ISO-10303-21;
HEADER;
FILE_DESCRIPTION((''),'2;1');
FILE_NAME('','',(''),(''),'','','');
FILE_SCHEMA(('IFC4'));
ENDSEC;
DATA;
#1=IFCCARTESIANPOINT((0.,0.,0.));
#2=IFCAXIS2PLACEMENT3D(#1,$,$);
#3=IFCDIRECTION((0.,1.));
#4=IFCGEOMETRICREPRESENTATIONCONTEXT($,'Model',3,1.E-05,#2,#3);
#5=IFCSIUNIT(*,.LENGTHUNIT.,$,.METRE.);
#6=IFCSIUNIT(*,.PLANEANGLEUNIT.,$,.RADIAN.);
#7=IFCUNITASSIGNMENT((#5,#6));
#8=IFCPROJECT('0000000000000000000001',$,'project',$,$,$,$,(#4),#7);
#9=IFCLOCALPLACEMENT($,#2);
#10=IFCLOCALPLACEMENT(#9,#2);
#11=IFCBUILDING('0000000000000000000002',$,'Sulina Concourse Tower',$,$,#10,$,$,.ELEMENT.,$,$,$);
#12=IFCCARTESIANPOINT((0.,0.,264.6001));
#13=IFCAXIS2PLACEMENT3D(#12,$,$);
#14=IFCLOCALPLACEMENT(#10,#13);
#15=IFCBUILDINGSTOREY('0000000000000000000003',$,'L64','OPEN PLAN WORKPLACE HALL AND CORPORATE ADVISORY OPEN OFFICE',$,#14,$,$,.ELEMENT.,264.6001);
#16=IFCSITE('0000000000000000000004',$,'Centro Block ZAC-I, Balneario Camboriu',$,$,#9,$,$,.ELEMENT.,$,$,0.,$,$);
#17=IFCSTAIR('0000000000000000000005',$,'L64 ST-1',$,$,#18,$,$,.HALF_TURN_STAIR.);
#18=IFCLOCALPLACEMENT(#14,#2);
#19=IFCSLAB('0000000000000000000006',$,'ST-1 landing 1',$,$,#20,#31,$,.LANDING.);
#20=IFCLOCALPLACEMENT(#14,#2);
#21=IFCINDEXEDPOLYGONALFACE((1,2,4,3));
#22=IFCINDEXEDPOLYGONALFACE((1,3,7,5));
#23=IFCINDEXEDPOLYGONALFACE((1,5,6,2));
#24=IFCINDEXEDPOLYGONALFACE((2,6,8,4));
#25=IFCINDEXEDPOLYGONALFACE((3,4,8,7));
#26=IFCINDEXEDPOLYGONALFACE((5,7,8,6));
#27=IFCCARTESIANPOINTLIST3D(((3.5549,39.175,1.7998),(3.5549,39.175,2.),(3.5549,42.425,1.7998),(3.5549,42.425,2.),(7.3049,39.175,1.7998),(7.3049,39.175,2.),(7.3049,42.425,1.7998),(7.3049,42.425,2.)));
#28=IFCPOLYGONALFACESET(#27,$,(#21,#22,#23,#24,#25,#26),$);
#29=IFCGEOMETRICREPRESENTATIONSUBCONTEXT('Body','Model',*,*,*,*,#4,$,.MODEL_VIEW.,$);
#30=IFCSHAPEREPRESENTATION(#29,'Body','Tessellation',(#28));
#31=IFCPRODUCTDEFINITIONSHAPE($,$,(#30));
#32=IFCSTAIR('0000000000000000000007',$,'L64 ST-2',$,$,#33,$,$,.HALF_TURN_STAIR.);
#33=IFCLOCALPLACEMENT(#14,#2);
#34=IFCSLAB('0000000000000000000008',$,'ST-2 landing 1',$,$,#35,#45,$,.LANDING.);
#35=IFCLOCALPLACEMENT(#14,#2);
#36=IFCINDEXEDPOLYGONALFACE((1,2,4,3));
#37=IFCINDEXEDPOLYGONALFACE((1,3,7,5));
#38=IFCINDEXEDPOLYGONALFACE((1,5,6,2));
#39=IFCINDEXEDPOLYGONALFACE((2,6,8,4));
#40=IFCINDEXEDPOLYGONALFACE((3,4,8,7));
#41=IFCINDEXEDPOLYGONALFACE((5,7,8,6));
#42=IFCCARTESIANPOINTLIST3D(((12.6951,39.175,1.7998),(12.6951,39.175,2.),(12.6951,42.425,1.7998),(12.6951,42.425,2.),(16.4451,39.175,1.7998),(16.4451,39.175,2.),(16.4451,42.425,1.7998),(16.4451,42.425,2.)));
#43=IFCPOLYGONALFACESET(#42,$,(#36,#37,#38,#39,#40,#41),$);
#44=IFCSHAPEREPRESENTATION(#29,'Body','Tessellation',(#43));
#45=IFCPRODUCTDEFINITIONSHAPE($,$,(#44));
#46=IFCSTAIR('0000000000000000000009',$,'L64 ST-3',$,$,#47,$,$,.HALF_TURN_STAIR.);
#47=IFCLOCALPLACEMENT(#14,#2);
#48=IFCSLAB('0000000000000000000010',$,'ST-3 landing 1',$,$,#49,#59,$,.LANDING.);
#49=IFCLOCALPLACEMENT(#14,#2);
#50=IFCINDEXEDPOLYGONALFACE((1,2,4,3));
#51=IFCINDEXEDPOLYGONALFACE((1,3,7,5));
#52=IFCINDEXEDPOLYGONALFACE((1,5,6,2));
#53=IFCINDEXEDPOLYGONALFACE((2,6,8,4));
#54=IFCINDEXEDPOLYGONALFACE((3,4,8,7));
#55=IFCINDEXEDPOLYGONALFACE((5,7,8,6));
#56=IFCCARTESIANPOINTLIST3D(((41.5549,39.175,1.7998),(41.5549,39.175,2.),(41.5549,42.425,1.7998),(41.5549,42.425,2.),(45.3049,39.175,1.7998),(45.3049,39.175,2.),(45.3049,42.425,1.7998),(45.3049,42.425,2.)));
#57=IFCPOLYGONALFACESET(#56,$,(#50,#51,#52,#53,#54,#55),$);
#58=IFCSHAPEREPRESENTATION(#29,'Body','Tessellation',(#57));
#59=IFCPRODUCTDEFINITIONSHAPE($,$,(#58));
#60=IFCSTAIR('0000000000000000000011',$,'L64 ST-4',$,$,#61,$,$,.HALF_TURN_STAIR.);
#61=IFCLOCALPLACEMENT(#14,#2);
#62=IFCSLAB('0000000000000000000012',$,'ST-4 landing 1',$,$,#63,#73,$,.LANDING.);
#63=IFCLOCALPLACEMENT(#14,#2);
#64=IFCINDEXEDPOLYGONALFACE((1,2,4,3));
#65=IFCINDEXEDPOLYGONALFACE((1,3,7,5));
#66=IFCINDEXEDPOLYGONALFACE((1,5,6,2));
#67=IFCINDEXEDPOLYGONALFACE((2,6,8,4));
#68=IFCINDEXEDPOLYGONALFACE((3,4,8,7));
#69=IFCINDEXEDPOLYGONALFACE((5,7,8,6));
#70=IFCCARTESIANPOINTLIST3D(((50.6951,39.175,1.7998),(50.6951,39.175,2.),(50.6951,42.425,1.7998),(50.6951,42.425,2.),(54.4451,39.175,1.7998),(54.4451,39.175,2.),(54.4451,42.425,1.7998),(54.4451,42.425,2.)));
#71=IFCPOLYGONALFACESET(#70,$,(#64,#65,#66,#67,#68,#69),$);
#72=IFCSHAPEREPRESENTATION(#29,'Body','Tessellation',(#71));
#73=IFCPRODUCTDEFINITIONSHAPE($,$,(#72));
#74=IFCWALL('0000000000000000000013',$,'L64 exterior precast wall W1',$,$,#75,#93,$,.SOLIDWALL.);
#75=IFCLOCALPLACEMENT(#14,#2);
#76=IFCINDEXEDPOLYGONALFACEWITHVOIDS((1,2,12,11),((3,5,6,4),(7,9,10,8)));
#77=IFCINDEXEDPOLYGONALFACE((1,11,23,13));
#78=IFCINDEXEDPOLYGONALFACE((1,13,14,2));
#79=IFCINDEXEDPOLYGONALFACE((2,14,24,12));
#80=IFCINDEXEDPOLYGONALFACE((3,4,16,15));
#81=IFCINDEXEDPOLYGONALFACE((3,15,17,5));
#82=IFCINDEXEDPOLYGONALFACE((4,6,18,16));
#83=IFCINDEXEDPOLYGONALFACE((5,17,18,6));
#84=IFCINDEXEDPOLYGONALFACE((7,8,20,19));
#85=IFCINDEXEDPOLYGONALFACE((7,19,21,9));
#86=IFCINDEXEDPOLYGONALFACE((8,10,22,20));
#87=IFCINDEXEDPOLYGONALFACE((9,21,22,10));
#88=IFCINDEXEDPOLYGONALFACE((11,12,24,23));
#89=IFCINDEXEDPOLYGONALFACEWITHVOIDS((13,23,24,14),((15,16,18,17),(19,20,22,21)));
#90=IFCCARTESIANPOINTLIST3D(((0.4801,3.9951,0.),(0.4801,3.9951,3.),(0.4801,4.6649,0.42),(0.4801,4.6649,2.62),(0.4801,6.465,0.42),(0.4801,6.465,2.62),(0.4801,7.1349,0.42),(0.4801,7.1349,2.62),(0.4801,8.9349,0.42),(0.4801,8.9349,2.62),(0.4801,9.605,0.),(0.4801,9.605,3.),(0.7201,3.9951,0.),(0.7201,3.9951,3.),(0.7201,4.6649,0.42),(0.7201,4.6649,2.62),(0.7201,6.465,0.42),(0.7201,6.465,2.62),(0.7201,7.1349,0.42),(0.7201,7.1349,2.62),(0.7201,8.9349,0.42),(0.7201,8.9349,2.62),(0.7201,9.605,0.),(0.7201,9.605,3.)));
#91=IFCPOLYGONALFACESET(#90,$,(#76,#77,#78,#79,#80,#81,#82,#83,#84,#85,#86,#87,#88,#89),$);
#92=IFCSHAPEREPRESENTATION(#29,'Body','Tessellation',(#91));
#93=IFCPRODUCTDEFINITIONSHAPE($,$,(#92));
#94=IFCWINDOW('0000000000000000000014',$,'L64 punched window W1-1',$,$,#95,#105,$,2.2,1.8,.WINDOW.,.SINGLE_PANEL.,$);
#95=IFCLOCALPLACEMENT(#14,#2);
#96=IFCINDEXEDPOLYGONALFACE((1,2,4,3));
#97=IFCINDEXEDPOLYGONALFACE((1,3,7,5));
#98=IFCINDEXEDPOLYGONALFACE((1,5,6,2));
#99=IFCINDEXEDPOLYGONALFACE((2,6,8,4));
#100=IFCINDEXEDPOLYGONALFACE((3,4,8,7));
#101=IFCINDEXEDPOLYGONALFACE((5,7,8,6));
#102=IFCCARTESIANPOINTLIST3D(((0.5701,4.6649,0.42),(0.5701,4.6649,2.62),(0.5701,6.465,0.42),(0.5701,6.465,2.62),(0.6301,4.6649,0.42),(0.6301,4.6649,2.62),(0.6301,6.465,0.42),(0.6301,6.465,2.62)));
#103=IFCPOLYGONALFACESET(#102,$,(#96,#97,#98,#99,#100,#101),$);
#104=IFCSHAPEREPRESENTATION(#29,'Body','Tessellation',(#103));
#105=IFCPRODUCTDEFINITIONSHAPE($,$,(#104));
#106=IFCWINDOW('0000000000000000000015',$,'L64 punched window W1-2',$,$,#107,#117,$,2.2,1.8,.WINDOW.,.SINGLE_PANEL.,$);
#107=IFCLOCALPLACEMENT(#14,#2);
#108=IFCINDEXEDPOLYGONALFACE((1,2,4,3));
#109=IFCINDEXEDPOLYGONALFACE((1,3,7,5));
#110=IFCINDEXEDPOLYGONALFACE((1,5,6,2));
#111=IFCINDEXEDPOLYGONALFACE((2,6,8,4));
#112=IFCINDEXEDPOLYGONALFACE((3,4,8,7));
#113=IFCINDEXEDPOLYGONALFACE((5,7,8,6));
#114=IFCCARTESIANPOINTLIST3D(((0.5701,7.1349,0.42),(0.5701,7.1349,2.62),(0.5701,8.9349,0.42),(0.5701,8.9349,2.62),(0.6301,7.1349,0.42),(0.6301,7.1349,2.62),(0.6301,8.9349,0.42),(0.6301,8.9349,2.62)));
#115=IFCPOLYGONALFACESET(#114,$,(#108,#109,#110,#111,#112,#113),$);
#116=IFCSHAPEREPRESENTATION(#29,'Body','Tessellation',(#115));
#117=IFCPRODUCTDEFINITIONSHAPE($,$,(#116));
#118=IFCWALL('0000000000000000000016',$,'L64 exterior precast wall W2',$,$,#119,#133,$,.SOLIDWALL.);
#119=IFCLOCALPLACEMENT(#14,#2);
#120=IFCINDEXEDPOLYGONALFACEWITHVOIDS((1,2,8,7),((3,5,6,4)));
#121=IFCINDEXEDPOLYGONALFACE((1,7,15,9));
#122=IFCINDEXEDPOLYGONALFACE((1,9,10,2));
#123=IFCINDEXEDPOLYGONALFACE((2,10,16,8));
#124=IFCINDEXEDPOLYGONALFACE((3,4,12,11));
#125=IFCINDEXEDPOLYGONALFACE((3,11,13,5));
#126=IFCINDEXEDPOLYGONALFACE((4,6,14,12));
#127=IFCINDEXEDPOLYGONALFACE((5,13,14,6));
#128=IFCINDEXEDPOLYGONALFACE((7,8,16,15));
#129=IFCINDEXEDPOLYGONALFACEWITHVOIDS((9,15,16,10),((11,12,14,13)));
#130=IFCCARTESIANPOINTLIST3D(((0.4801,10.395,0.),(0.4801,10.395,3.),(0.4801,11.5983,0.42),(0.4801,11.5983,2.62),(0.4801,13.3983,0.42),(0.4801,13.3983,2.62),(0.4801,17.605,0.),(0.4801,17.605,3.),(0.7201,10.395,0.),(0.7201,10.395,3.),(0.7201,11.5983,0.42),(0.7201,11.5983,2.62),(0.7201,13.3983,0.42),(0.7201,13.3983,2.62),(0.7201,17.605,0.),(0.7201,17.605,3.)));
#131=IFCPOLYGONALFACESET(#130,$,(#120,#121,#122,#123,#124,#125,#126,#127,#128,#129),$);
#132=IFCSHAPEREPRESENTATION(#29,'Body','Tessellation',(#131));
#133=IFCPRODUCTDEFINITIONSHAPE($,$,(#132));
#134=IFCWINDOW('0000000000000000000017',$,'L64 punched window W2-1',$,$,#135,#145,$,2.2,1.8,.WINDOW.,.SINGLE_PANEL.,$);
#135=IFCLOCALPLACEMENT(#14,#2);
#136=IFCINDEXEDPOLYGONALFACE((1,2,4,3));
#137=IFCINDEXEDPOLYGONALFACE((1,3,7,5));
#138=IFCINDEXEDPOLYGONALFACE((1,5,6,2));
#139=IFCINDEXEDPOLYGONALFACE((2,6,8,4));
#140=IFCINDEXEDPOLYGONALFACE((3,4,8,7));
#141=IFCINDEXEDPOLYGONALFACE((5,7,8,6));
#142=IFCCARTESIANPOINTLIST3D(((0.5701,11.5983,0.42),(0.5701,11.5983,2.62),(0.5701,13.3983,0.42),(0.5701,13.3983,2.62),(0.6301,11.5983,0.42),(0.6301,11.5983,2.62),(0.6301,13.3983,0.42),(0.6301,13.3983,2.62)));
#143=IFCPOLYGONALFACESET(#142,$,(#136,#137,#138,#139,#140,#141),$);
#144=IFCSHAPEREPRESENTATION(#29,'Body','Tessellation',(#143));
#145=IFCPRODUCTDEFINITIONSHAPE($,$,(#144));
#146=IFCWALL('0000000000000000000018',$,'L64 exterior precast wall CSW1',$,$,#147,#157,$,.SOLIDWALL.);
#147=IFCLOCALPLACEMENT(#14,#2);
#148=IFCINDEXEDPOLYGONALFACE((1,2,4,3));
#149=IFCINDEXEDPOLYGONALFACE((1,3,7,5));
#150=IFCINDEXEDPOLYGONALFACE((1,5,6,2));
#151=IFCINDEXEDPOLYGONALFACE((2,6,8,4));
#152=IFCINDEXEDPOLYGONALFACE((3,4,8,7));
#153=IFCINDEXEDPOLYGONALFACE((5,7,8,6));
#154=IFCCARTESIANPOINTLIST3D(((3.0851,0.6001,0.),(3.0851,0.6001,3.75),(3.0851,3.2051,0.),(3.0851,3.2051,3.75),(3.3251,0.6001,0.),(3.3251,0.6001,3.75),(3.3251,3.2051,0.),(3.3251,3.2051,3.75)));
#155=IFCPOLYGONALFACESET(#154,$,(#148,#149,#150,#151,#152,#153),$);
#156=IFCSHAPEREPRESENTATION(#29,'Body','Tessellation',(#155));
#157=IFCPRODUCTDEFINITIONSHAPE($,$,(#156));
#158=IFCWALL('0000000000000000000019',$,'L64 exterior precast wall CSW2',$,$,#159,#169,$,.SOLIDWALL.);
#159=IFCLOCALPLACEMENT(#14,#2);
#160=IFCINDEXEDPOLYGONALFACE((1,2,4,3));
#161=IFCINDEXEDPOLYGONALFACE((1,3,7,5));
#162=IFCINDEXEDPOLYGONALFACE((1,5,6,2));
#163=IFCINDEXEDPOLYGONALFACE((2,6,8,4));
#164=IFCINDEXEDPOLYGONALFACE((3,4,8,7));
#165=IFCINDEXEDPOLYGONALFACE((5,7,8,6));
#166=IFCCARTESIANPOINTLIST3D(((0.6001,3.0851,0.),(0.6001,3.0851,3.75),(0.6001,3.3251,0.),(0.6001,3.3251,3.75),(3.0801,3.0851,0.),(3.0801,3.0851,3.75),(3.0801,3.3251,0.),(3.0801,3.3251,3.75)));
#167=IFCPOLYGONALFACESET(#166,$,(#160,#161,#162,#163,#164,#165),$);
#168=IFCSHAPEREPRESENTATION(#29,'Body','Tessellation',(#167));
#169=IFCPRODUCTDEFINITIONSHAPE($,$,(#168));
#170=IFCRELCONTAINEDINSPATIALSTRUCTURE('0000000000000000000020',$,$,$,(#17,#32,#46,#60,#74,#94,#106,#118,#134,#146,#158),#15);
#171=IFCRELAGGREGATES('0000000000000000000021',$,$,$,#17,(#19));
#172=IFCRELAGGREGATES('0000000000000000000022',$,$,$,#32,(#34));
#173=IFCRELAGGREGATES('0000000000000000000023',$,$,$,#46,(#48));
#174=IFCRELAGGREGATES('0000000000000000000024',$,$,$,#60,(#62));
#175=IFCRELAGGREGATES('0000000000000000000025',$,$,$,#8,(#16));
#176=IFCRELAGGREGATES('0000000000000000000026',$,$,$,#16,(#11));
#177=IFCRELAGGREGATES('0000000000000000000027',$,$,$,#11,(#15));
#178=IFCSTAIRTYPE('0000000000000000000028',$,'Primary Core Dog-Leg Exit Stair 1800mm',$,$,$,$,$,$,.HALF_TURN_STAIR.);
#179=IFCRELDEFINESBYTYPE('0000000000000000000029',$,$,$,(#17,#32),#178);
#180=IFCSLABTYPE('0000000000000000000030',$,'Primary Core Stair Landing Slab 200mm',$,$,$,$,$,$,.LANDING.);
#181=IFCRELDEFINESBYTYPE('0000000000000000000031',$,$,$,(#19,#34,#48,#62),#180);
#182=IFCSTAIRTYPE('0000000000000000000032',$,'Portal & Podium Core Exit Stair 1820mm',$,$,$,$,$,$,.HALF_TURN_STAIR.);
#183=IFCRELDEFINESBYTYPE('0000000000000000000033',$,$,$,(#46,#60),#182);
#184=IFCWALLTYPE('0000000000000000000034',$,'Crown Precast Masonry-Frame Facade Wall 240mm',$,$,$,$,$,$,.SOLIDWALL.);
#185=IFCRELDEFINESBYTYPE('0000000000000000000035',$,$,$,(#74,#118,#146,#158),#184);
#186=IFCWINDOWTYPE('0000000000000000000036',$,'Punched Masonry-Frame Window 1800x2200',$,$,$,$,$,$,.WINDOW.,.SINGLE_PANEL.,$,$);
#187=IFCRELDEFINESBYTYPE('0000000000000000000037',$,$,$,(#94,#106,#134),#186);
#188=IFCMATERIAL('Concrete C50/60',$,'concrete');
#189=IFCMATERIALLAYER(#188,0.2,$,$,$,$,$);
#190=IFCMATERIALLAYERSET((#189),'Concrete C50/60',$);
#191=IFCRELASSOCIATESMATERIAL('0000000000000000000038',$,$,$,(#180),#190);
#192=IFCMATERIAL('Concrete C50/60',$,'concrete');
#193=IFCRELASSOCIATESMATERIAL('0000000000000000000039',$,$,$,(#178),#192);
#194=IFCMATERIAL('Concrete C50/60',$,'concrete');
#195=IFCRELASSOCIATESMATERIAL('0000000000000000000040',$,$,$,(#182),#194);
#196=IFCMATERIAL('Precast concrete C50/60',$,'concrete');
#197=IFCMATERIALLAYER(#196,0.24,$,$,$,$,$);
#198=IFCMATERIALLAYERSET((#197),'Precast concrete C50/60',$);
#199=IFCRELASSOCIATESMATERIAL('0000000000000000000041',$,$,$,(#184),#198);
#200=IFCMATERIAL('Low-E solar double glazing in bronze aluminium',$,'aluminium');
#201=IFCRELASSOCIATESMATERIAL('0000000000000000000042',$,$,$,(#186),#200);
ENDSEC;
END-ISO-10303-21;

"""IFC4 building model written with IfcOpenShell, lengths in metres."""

from ifc_helpers import new_model, si_unit, direction, frame, frame_2d, origin, place, context, subcontext, project, spatial, polyline, rectangle, outline, extrude, material, layer, layer_set, type_object, element, fill, aggregate, save


model = new_model("IFC4")

# Units and contexts
model_context = context("Model", 3, precision=1e-05, world=origin(), true_north=direction((0.0, 1.0)))
body_context = subcontext(model_context, "Body", "Model", "MODEL_VIEW")
ifc_project = project(units=[si_unit("LENGTHUNIT", "METRE"), si_unit("PLANEANGLEUNIT", "RADIAN")], contexts=[model_context])

# Site, building, storey
site_placement = place(None, origin())
site = spatial("IfcSite", under=ifc_project, at=site_placement, Name="Centro Block ZAC-I, Balneario Camboriu", CompositionType="ELEMENT", RefElevation=0.0)
building_placement = place(site_placement, origin())
building = spatial("IfcBuilding", under=site, at=building_placement, Name="Sulina Concourse Tower", CompositionType="ELEMENT")
storey_placement = place(building_placement, frame((0.0, 0.0, 264.6001)))
storey = spatial("IfcBuildingStorey", under=building, at=storey_placement, Name="L64", Description="OPEN PLAN WORKPLACE HALL AND CORPORATE ADVISORY OPEN OFFICE", CompositionType="ELEMENT", Elevation=264.6001)

# Shared definitions
ifc_material_1 = material(Name="Concrete C50/60", Category="concrete")
ifc_layer_1 = layer(ifc_material_1, 0.2)
ifc_layer_set_1 = layer_set([ifc_layer_1], Name="Concrete C50/60")
slab_type_1 = type_object("IfcSlabType", Name="Primary Core Stair Landing Slab 200mm", PredefinedType="LANDING", material=ifc_layer_set_1)

# Stairs, slabs
ifc_material_2 = material(Name="Concrete C50/60", Category="concrete")
stair_type_1 = type_object("IfcStairType", Name="Primary Core Dog-Leg Exit Stair 1800mm", PredefinedType="HALF_TURN_STAIR", material=ifc_material_2)
stair_1_placement = place(storey_placement, origin())
stair_1 = element("IfcStair", 1, at=stair_1_placement, inside=storey, type_object=stair_type_1, Name="L64 ST-1", PredefinedType="HALF_TURN_STAIR")
slab_1_placement = place(storey_placement, frame((0.0, 0.0, 1.7998)))
slab_1 = element("IfcSlab", 2, at=slab_1_placement, type_object=slab_type_1, Name="ST-1 landing 1", PredefinedType="LANDING", context=body_context, shape_type="SweptSolid", body=[
    extrude(outline(polyline([(7.3049, 39.175), (7.3049, 42.425), (3.5549, 42.425), (3.5549, 39.175), (7.3049, 39.175)])), origin(), (0.0, 0.0, 1.0), 0.2002),
])
aggregate(stair_1, [slab_1])
stair_2_placement = place(storey_placement, origin())
stair_2 = element("IfcStair", 3, at=stair_2_placement, inside=storey, type_object=stair_type_1, Name="L64 ST-2", PredefinedType="HALF_TURN_STAIR")
slab_2_placement = place(storey_placement, frame((0.0, 0.0, 1.7998)))
slab_2 = element("IfcSlab", 4, at=slab_2_placement, type_object=slab_type_1, Name="ST-2 landing 1", PredefinedType="LANDING", context=body_context, shape_type="SweptSolid", body=[
    extrude(outline(polyline([(16.4451, 39.175), (16.4451, 42.425), (12.6951, 42.425), (12.6951, 39.175), (16.4451, 39.175)])), origin(), (0.0, 0.0, 1.0), 0.2002),
])
aggregate(stair_2, [slab_2])
ifc_material_3 = material(Name="Concrete C50/60", Category="concrete")
stair_type_2 = type_object("IfcStairType", Name="Portal & Podium Core Exit Stair 1820mm", PredefinedType="HALF_TURN_STAIR", material=ifc_material_3)
stair_3_placement = place(storey_placement, origin())
stair_3 = element("IfcStair", 5, at=stair_3_placement, inside=storey, type_object=stair_type_2, Name="L64 ST-3", PredefinedType="HALF_TURN_STAIR")
slab_3_placement = place(storey_placement, frame((0.0, 0.0, 1.7998)))
slab_3 = element("IfcSlab", 6, at=slab_3_placement, type_object=slab_type_1, Name="ST-3 landing 1", PredefinedType="LANDING", context=body_context, shape_type="SweptSolid", body=[
    extrude(outline(polyline([(45.3049, 39.175), (45.3049, 42.425), (41.5549, 42.425), (41.5549, 39.175), (45.3049, 39.175)])), origin(), (0.0, 0.0, 1.0), 0.2002),
])
aggregate(stair_3, [slab_3])
stair_4_placement = place(storey_placement, origin())
stair_4 = element("IfcStair", 7, at=stair_4_placement, inside=storey, type_object=stair_type_2, Name="L64 ST-4", PredefinedType="HALF_TURN_STAIR")
slab_4_placement = place(storey_placement, frame((0.0, 0.0, 1.7998)))
slab_4 = element("IfcSlab", 8, at=slab_4_placement, type_object=slab_type_1, Name="ST-4 landing 1", PredefinedType="LANDING", context=body_context, shape_type="SweptSolid", body=[
    extrude(outline(polyline([(54.4451, 39.175), (54.4451, 42.425), (50.6951, 42.425), (50.6951, 39.175), (54.4451, 39.175)])), origin(), (0.0, 0.0, 1.0), 0.2002),
])
aggregate(stair_4, [slab_4])

# Wall, openings, windows
ifc_material_4 = material(Name="Precast concrete C50/60", Category="concrete")
ifc_layer_2 = layer(ifc_material_4, 0.24)
ifc_layer_set_2 = layer_set([ifc_layer_2], Name="Precast concrete C50/60")
wall_type = type_object("IfcWallType", Name="Crown Precast Masonry-Frame Facade Wall 240mm", PredefinedType="SOLIDWALL", material=ifc_layer_set_2)
wall_1_placement = place(storey_placement, frame((0.6001, 3.9951, 0.0), z_axis=(0.0, 0.0, 1.0), x_axis=(0.0, 1.0, 0.0)))
wall_1 = element("IfcWall", 9, at=wall_1_placement, inside=storey, type_object=wall_type, Name="L64 exterior precast wall W1", PredefinedType="SOLIDWALL", context=body_context, shape_type="SweptSolid", body=[
    extrude(rectangle(XDim=5.6099, YDim=0.24, at=frame_2d((2.8049, 0.0))), origin(), (0.0, 0.0, 1.0), 3.0),
])
opening_1_placement = place(wall_1_placement, frame((0.6699, 0.0, 0.4199)))
opening_1 = element("IfcOpeningElement", 10, at=opening_1_placement, cuts=wall_1, PredefinedType="OPENING", context=body_context, shape_type="SweptSolid", body=[
    extrude(rectangle(XDim=1.8, YDim=2.2, at=frame_2d((0.8999, 1.1001))), frame((0.0, 0.1299, 0.0), z_axis=(0.0, -1.0, 0.0), x_axis=(1.0, 0.0, 0.0)), (0.0, 0.0, 1.0), 0.26),
])
opening_2_placement = place(wall_1_placement, frame((3.1399, 0.0, 0.4199)))
opening_2 = element("IfcOpeningElement", 11, at=opening_2_placement, cuts=wall_1, PredefinedType="OPENING", context=body_context, shape_type="SweptSolid", body=[
    extrude(rectangle(XDim=1.8, YDim=2.2, at=frame_2d((0.8999, 1.1001))), frame((0.0, 0.1299, 0.0), z_axis=(0.0, -1.0, 0.0), x_axis=(1.0, 0.0, 0.0)), (0.0, 0.0, 1.0), 0.26),
])
ifc_material_5 = material(Name="Low-E solar double glazing in bronze aluminium", Category="aluminium")
window_type = type_object("IfcWindowType", Name="Punched Masonry-Frame Window 1800x2200", PartitioningType="SINGLE_PANEL", PredefinedType="WINDOW", material=ifc_material_5)
window_1_placement = place(opening_1_placement, origin())
window_1 = element("IfcWindow", 12, at=window_1_placement, inside=storey, type_object=window_type, Name="L64 punched window W1-1", OverallHeight=2.2, OverallWidth=1.8, PartitioningType="SINGLE_PANEL", PredefinedType="WINDOW", context=body_context, shape_type="SweptSolid", body=[
    extrude(rectangle(XDim=1.8, YDim=2.2, at=frame_2d((0.8999, 1.1001))), frame((0.0, 0.03, 0.0), z_axis=(0.0, -1.0, 0.0), x_axis=(1.0, 0.0, 0.0)), (0.0, 0.0, 1.0), 0.0601),
])
fill(opening_1, window_1)
window_2_placement = place(opening_2_placement, origin())
window_2 = element("IfcWindow", 13, at=window_2_placement, inside=storey, type_object=window_type, Name="L64 punched window W1-2", OverallHeight=2.2, OverallWidth=1.8, PartitioningType="SINGLE_PANEL", PredefinedType="WINDOW", context=body_context, shape_type="SweptSolid", body=[
    extrude(rectangle(XDim=1.8, YDim=2.2, at=frame_2d((0.8999, 1.1001))), frame((0.0, 0.03, 0.0), z_axis=(0.0, -1.0, 0.0), x_axis=(1.0, 0.0, 0.0)), (0.0, 0.0, 1.0), 0.0601),
])
fill(opening_2, window_2)

# Wall, opening, window
wall_2_placement = place(storey_placement, frame((0.6001, 10.395, 0.0), z_axis=(0.0, 0.0, 1.0), x_axis=(0.0, 1.0, 0.0)))
wall_2 = element("IfcWall", 14, at=wall_2_placement, inside=storey, type_object=wall_type, Name="L64 exterior precast wall W2", PredefinedType="SOLIDWALL", context=body_context, shape_type="SweptSolid", body=[
    extrude(rectangle(XDim=7.21, YDim=0.24, at=frame_2d((3.605, 0.0))), origin(), (0.0, 0.0, 1.0), 3.0),
])
opening_3_placement = place(wall_2_placement, frame((1.2034, 0.0, 0.4199)))
opening_3 = element("IfcOpeningElement", 15, at=opening_3_placement, cuts=wall_2, PredefinedType="OPENING", context=body_context, shape_type="SweptSolid", body=[
    extrude(rectangle(XDim=1.8, YDim=2.2, at=frame_2d((0.8999, 1.1001))), frame((0.0, 0.1299, 0.0), z_axis=(0.0, -1.0, 0.0), x_axis=(1.0, 0.0, 0.0)), (0.0, 0.0, 1.0), 0.26),
])
window_3_placement = place(opening_3_placement, origin())
window_3 = element("IfcWindow", 16, at=window_3_placement, inside=storey, type_object=window_type, Name="L64 punched window W2-1", OverallHeight=2.2, OverallWidth=1.8, PartitioningType="SINGLE_PANEL", PredefinedType="WINDOW", context=body_context, shape_type="SweptSolid", body=[
    extrude(rectangle(XDim=1.8, YDim=2.2, at=frame_2d((0.8999, 1.1001))), frame((0.0, 0.03, 0.0), z_axis=(0.0, -1.0, 0.0), x_axis=(1.0, 0.0, 0.0)), (0.0, 0.0, 1.0), 0.0601),
])
fill(opening_3, window_3)

# Walls
wall_3_placement = place(storey_placement, frame((3.2051, 0.6001, 0.0), z_axis=(0.0, 0.0, 1.0), x_axis=(0.0, 1.0, 0.0)))
element("IfcWall", 17, at=wall_3_placement, inside=storey, type_object=wall_type, Name="L64 exterior precast wall CSW1", PredefinedType="SOLIDWALL", context=body_context, shape_type="SweptSolid", body=[
    extrude(rectangle(XDim=2.605, YDim=0.24, at=frame_2d((1.3025, 0.0))), origin(), (0.0, 0.0, 1.0), 3.75),
])
wall_4_placement = place(storey_placement, frame((3.0801, 3.2051, 0.0), z_axis=(0.0, 0.0, 1.0), x_axis=(-1.0, 0.0, 0.0)))
element("IfcWall", 18, at=wall_4_placement, inside=storey, type_object=wall_type, Name="L64 exterior precast wall CSW2", PredefinedType="SOLIDWALL", context=body_context, shape_type="SweptSolid", body=[
    extrude(rectangle(XDim=2.48, YDim=0.24, at=frame_2d((1.24, 0.0))), origin(), (0.0, 0.0, 1.0), 3.75),
])

save(model, "model.ifc")
